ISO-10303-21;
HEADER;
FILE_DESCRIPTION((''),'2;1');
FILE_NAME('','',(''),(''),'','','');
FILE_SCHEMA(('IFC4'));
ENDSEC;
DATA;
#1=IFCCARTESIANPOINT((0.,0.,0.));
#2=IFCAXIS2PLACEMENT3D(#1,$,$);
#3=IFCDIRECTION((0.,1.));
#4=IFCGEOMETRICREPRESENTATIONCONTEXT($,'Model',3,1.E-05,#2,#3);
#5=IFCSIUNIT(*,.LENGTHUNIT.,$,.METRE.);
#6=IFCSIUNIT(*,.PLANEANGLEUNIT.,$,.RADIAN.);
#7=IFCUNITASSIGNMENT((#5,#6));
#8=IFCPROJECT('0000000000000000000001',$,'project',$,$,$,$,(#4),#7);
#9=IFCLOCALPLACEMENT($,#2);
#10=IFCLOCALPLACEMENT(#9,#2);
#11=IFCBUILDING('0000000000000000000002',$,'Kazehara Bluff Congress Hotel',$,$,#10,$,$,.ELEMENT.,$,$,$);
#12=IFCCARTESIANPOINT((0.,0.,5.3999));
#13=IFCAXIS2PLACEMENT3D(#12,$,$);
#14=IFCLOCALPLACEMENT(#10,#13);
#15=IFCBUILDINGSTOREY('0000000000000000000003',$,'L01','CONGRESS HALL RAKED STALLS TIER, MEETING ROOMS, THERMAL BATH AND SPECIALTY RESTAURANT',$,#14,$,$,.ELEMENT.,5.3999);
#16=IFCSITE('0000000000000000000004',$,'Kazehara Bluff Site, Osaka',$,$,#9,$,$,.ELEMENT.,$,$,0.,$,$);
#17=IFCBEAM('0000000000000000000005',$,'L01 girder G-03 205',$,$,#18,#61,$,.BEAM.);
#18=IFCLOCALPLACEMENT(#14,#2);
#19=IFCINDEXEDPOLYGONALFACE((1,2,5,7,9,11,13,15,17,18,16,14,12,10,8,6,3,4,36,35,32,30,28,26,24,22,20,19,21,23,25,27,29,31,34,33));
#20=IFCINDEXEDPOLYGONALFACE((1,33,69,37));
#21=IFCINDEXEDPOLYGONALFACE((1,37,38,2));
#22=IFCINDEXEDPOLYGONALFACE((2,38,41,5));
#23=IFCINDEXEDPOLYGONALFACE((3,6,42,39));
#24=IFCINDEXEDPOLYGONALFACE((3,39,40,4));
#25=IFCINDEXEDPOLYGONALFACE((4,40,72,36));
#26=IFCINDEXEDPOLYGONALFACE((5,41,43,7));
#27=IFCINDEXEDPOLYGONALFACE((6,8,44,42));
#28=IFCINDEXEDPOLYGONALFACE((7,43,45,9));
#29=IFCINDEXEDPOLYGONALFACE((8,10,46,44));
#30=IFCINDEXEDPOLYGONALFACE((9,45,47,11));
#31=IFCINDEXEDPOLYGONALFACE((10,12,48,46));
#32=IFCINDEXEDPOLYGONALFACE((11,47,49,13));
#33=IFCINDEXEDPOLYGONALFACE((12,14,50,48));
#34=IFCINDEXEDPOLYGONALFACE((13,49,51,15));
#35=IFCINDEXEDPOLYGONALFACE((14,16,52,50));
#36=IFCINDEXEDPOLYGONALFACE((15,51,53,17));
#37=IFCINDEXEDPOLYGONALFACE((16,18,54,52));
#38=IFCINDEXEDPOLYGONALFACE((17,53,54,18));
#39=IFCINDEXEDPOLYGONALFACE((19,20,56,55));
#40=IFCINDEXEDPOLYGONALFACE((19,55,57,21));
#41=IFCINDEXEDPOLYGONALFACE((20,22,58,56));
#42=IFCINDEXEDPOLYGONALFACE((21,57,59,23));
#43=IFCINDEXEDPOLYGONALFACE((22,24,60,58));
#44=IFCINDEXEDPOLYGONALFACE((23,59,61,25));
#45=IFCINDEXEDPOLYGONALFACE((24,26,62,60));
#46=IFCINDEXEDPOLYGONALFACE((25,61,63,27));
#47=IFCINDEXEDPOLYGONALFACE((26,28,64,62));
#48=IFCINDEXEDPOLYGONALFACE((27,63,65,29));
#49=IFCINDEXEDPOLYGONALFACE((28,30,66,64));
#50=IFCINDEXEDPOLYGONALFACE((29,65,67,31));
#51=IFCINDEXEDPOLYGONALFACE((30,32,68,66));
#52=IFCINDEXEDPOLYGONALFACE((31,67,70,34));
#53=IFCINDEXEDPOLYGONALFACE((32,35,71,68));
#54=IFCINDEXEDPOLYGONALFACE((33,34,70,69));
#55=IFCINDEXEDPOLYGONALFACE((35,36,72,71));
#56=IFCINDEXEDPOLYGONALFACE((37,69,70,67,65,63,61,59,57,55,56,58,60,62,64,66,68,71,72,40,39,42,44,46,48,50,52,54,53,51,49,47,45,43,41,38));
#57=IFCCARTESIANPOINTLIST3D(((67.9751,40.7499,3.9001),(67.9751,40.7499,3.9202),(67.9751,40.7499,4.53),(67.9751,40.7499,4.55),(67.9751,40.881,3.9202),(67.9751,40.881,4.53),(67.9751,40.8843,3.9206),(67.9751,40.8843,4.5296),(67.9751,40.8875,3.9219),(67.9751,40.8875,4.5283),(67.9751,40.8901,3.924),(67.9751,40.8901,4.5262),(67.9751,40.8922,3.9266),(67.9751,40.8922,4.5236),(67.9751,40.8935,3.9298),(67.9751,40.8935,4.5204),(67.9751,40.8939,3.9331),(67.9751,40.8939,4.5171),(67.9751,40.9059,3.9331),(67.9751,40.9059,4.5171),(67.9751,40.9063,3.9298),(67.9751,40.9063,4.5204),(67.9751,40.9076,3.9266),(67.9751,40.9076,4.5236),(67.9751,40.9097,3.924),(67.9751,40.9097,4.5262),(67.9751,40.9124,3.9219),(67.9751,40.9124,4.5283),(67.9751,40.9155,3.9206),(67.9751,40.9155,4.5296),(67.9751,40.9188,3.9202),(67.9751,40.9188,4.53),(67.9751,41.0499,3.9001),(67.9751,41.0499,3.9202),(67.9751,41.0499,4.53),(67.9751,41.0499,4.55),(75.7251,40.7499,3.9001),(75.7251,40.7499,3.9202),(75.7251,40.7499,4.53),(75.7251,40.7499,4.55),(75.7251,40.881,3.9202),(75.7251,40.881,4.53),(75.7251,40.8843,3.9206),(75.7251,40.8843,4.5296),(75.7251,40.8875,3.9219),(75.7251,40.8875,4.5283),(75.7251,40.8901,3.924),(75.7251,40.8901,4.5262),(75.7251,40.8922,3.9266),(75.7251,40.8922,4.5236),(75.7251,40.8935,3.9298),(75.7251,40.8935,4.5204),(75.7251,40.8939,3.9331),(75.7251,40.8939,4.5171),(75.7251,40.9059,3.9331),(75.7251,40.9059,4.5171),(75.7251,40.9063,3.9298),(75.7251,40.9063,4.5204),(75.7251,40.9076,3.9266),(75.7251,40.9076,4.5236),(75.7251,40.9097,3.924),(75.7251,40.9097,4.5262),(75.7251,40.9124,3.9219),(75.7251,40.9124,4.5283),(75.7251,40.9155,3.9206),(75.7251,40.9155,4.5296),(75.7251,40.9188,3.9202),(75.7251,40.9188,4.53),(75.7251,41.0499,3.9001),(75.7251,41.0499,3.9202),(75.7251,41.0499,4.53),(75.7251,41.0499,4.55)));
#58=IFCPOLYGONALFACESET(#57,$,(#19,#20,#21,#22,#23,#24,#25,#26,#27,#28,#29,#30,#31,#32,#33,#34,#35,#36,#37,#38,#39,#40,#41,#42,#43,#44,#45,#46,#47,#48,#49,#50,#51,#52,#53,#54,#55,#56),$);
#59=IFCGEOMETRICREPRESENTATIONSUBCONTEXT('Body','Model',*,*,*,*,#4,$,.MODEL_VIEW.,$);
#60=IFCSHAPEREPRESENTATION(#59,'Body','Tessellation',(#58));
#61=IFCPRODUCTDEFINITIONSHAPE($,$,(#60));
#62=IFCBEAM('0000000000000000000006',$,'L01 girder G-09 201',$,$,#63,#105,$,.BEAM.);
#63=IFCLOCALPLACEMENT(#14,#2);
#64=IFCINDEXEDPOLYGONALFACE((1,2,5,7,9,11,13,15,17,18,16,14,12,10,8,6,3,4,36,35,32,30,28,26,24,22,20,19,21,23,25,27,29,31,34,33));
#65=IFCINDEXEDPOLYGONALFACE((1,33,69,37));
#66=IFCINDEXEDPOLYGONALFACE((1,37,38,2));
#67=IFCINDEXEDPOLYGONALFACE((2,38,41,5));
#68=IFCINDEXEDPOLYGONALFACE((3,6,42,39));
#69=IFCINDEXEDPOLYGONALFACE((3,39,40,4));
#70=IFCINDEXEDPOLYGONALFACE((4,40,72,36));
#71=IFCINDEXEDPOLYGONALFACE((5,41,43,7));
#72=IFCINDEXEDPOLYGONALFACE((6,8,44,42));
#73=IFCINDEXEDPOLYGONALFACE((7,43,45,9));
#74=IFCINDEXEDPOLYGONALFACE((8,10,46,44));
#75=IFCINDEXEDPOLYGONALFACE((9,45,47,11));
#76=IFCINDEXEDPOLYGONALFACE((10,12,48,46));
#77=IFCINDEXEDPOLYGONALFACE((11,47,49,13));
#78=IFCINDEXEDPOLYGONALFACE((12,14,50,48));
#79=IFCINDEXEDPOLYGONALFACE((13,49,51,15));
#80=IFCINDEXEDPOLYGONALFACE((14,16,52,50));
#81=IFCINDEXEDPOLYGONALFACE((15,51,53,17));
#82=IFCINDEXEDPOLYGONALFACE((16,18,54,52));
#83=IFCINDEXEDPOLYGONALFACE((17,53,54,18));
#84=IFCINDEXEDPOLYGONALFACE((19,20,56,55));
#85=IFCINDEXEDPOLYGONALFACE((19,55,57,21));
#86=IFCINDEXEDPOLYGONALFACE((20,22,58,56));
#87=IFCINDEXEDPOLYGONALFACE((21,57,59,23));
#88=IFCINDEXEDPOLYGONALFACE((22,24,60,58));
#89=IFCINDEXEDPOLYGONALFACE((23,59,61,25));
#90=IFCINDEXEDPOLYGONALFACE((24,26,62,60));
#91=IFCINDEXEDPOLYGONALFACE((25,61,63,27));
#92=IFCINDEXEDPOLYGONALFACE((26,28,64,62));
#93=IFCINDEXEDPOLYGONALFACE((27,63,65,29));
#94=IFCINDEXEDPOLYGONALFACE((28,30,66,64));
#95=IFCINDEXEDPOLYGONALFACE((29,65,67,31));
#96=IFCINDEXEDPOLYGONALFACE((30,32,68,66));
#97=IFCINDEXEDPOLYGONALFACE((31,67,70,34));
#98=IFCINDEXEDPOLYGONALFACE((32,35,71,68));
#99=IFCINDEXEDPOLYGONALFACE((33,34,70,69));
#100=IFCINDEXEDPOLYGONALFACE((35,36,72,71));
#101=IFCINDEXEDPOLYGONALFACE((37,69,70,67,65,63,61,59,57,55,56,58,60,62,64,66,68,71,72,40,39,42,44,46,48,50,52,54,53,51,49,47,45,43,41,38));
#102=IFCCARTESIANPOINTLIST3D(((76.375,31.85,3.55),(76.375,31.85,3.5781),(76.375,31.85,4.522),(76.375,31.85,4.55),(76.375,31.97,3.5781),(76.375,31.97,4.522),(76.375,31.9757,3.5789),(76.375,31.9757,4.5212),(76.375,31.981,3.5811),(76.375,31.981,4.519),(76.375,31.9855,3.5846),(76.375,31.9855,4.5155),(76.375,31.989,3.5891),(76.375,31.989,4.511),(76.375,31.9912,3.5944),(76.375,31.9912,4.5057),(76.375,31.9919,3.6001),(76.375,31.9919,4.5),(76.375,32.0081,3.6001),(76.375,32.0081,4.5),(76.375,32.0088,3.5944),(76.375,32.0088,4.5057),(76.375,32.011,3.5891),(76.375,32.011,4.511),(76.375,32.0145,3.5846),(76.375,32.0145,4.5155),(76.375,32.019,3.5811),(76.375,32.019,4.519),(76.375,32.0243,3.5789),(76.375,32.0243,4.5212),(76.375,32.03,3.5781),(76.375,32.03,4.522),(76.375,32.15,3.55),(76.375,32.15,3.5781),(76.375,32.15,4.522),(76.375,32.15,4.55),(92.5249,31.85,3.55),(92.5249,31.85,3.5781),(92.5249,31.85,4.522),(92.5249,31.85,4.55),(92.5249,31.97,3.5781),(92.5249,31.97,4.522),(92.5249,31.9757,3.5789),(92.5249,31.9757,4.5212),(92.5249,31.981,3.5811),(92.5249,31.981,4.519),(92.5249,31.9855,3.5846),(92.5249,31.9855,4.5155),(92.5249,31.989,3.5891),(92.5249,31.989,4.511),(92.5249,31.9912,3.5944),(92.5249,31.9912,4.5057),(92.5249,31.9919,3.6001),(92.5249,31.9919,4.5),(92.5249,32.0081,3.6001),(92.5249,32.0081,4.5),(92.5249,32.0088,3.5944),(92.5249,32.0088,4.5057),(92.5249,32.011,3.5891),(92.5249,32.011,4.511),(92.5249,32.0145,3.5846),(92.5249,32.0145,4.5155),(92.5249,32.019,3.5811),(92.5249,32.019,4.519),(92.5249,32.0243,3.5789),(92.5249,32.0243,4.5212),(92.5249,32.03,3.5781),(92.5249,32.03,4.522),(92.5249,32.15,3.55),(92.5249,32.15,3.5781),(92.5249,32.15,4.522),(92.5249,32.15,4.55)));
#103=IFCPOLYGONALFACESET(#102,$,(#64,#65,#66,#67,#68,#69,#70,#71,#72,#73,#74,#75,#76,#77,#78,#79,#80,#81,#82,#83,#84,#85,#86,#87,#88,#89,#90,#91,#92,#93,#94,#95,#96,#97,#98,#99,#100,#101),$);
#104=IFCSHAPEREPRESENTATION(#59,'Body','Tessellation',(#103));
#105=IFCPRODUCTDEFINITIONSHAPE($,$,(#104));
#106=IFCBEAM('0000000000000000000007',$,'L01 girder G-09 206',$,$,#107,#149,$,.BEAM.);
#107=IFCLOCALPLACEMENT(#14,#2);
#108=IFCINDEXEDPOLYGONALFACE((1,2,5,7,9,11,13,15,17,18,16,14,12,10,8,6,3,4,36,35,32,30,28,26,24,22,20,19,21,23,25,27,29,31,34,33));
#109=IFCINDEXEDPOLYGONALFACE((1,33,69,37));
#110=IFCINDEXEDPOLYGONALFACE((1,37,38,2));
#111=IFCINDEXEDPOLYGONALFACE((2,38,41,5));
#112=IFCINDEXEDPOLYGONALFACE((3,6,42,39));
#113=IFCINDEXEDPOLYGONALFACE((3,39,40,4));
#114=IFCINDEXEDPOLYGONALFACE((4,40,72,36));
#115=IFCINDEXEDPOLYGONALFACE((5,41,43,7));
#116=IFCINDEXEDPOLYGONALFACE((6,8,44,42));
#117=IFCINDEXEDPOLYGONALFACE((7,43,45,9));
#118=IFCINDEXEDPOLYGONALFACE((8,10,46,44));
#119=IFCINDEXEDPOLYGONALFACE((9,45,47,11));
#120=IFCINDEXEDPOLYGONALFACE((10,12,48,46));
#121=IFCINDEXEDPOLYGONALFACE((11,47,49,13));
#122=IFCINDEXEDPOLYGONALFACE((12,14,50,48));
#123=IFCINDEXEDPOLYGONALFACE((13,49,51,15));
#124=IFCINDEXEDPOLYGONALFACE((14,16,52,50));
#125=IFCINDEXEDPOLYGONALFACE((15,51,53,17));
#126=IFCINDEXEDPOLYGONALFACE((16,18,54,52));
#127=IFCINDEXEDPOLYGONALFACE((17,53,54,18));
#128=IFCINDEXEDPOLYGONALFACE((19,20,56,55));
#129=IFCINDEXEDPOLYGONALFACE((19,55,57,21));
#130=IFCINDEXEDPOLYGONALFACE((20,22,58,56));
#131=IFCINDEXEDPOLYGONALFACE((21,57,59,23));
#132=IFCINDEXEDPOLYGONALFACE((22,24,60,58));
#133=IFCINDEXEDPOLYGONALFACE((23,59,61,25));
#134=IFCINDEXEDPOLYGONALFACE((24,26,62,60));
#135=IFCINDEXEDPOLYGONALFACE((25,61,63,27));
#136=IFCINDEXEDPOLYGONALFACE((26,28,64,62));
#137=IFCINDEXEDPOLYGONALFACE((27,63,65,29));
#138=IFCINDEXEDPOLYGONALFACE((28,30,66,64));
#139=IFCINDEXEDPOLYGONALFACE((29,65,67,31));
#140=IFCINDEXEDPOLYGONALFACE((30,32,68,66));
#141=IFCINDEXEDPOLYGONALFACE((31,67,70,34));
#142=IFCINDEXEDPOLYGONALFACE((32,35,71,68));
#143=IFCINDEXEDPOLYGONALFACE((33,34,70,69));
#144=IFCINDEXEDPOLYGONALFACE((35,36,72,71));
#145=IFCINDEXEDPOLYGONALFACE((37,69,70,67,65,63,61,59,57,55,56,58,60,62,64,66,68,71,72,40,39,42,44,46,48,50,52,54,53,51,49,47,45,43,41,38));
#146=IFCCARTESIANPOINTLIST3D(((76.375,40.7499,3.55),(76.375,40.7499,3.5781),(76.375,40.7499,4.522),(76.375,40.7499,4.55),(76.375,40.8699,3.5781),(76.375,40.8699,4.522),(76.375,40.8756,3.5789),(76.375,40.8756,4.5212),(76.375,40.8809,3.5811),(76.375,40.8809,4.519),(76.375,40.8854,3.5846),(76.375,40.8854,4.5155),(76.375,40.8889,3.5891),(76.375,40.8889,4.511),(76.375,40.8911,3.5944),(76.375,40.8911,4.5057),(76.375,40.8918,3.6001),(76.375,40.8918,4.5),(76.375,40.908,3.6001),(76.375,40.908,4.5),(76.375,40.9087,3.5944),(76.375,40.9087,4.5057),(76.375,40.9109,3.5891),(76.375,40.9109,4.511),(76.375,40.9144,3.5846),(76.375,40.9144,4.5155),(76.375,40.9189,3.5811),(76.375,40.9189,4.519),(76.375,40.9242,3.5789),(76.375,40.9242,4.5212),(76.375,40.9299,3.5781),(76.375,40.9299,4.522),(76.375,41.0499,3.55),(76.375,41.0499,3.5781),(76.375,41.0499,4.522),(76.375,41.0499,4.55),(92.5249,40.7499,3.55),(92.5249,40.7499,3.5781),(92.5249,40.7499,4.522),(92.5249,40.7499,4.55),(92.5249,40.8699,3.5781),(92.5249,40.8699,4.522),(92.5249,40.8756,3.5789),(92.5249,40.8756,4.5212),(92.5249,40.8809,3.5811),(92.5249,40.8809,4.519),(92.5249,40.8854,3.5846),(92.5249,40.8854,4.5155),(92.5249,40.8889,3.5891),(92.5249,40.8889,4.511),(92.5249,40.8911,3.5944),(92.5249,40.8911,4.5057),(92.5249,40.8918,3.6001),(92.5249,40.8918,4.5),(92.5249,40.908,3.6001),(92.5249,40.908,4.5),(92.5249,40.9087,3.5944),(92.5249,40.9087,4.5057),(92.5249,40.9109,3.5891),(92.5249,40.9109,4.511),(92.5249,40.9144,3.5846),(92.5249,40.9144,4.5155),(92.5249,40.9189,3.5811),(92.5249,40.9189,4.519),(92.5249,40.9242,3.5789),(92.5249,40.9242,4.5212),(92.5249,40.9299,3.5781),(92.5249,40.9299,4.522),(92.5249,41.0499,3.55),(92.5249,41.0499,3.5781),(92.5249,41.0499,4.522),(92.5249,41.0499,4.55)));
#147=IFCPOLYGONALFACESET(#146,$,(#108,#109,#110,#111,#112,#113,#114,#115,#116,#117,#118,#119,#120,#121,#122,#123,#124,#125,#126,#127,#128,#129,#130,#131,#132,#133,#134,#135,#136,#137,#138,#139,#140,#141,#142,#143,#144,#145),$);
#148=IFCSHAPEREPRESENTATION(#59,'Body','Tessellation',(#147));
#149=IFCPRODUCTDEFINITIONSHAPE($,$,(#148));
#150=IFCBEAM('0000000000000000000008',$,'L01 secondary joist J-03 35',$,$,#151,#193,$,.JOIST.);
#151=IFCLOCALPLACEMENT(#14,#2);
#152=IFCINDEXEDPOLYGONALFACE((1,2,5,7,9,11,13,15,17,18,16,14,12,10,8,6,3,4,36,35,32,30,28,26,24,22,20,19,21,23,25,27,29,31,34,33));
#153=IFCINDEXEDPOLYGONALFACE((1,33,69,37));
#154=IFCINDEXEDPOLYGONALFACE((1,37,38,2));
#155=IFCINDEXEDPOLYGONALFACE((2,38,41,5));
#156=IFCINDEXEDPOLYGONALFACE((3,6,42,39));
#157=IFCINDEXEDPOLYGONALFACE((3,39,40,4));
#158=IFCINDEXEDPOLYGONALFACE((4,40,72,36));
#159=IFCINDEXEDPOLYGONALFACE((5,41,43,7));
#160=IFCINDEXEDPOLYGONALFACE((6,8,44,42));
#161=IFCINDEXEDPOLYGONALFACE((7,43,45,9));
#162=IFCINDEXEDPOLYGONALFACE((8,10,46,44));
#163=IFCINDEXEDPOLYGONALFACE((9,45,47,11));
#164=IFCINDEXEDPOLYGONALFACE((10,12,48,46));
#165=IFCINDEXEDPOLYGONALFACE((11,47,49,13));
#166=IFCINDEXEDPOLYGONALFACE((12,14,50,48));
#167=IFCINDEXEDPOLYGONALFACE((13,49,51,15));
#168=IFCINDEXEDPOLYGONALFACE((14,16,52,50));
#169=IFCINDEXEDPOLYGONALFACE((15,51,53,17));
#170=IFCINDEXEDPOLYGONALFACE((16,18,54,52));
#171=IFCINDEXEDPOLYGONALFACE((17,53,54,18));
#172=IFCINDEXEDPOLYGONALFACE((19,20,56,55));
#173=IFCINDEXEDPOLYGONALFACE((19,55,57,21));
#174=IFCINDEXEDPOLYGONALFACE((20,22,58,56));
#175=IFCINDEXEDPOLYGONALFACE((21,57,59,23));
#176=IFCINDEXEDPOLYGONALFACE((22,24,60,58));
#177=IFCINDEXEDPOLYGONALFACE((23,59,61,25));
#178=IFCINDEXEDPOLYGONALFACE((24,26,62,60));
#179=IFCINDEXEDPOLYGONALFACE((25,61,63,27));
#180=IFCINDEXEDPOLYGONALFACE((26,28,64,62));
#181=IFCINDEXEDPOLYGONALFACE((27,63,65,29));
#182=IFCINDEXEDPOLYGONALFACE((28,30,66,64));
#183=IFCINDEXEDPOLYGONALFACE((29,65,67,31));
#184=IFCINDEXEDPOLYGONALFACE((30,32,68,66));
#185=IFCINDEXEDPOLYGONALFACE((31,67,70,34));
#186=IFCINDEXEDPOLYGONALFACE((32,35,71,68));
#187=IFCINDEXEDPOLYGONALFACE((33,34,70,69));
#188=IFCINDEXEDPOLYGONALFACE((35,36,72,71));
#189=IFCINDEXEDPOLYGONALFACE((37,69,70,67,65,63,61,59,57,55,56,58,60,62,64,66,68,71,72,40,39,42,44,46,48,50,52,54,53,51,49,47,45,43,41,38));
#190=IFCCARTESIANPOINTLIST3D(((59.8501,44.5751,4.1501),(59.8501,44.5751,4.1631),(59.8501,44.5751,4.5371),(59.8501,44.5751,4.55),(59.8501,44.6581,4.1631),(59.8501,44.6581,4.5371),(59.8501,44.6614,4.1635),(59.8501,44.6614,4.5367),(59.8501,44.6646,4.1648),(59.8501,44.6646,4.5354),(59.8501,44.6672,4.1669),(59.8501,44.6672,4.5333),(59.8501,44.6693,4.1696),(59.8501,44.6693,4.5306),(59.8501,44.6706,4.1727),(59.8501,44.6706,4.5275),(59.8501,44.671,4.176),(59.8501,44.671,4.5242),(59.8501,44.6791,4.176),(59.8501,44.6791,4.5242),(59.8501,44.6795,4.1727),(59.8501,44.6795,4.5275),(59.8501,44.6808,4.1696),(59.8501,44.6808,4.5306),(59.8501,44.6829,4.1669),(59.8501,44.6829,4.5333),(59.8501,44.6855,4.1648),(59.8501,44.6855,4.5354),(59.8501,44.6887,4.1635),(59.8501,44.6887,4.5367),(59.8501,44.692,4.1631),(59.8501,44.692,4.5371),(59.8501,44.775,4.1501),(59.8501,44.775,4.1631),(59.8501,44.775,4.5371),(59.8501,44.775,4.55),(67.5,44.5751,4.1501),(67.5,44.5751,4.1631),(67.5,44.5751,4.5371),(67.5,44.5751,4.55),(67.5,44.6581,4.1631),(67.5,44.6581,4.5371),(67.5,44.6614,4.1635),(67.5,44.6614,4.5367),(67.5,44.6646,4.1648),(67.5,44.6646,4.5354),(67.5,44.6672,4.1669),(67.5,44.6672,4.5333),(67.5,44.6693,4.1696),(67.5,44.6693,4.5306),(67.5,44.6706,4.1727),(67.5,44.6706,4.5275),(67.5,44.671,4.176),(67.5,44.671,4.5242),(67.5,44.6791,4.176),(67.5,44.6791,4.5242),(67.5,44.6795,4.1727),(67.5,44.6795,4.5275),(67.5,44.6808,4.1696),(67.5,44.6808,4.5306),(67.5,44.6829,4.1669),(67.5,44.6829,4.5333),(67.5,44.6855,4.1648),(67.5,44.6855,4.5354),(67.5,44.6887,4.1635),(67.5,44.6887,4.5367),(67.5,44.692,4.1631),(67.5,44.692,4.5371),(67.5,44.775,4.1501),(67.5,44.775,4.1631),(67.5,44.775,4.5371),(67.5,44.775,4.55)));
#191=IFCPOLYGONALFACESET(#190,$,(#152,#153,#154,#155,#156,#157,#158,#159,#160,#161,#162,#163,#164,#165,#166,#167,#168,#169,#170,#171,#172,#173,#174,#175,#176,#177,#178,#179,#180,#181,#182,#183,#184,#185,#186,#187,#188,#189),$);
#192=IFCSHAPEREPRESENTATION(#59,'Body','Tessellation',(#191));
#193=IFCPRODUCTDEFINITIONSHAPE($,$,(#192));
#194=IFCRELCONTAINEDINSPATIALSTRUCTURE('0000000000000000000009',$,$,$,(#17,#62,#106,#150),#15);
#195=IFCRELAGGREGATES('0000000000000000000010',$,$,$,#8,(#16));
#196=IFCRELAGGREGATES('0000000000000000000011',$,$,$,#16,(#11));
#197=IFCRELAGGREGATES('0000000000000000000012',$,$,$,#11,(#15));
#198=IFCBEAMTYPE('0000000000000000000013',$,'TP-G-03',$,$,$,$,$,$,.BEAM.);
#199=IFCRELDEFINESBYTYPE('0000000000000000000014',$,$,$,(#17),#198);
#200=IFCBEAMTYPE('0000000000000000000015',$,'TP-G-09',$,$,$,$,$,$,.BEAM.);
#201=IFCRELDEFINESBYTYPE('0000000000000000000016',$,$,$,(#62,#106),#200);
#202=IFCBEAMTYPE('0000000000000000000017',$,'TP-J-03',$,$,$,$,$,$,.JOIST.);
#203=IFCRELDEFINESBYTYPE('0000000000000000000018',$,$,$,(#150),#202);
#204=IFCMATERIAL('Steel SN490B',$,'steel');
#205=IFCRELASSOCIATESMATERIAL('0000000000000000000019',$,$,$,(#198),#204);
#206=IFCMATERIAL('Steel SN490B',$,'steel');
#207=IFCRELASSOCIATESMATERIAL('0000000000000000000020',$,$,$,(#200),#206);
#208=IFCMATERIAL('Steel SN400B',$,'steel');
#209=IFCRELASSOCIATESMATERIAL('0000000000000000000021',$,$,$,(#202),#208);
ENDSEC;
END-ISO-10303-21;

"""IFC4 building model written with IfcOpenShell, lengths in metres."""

from ifc_helpers import new_model, si_unit, direction, frame, origin, origin_2d, place, context, subcontext, project, spatial, i_section, extrude, material, material_profile, profile_set, type_object, element, save


model = new_model("IFC4")

# Units and contexts
model_context = context("Model", 3, precision=1e-05, world=origin(), true_north=direction((0.0, 1.0)))
body_context = subcontext(model_context, "Body", "Model", "MODEL_VIEW")
ifc_project = project(units=[si_unit("LENGTHUNIT", "METRE"), si_unit("PLANEANGLEUNIT", "RADIAN")], contexts=[model_context])

# Site, building, storey
site_placement = place(None, origin())
site = spatial("IfcSite", under=ifc_project, at=site_placement, Name="Kazehara Bluff Site, Osaka", CompositionType="ELEMENT", RefElevation=0.0)
building_placement = place(site_placement, origin())
building = spatial("IfcBuilding", under=site, at=building_placement, Name="Kazehara Bluff Congress Hotel", CompositionType="ELEMENT")
storey_placement = place(building_placement, frame((0.0, 0.0, 5.3999)))
storey = spatial("IfcBuildingStorey", under=building, at=storey_placement, Name="L01", Description="CONGRESS HALL RAKED STALLS TIER, MEETING ROOMS, THERMAL BATH AND SPECIALTY RESTAURANT", CompositionType="ELEMENT", Elevation=5.3999)

# Beams
ifc_material_1 = material(Name="Steel SN490B", Category="steel")
ifc_material_profile_1 = material_profile(ifc_material_1, i_section(OverallWidth=0.3, OverallDepth=0.6499, WebThickness=0.012, FlangeThickness=0.02, FilletRadius=0.0129, at=origin_2d()))
ifc_profile_set_1 = profile_set([ifc_material_profile_1], Name="Steel SN490B")
beam_type_1 = type_object("IfcBeamType", Name="TP-G-03", PredefinedType="BEAM", material=ifc_profile_set_1)
beam_1_placement = place(storey_placement, frame((67.9751, 40.8999, 4.2251), z_axis=(1.0, 0.0, 0.0), x_axis=(0.0, 1.0, 0.0)))
element("IfcBeam", 1, at=beam_1_placement, inside=storey, type_object=beam_type_1, Name="L01 girder G-03 205", PredefinedType="BEAM", context=body_context, shape_type="SweptSolid", body=[
    extrude(i_section(OverallWidth=0.3, OverallDepth=0.6499, WebThickness=0.012, FlangeThickness=0.02, FilletRadius=0.0129, at=origin_2d()), origin(), (0.0, 0.0, 1.0), 7.75),
])
ifc_material_2 = material(Name="Steel SN490B", Category="steel")
ifc_material_profile_2 = material_profile(ifc_material_2, i_section(OverallWidth=0.3, OverallDepth=1.0, WebThickness=0.0161, FlangeThickness=0.0281, FilletRadius=0.022, at=origin_2d()))
ifc_profile_set_2 = profile_set([ifc_material_profile_2], Name="Steel SN490B")
beam_type_2 = type_object("IfcBeamType", Name="TP-G-09", PredefinedType="BEAM", material=ifc_profile_set_2)
for number, where, z_axis, x_axis, name in (
    (2, (76.375, 32.0, 4.05), (1.0, 0.0, 0.0), (0.0, 1.0, 0.0), "L01 girder G-09 201"),
    (3, (76.375, 40.8999, 4.05), (1.0, 0.0, 0.0), (0.0, 1.0, 0.0), "L01 girder G-09 206"),
):
    element("IfcBeam", number, at=place(storey_placement, frame(where, z_axis=z_axis, x_axis=x_axis)), inside=storey, type_object=beam_type_2, Name=name, PredefinedType="BEAM", context=body_context, shape_type="SweptSolid", body=[
        extrude(i_section(OverallWidth=0.3, OverallDepth=1.0, WebThickness=0.0161, FlangeThickness=0.0281, FilletRadius=0.022, at=origin_2d()), origin(), (0.0, 0.0, 1.0), 16.1499),
    ])
ifc_material_3 = material(Name="Steel SN400B", Category="steel")
ifc_material_profile_3 = material_profile(ifc_material_3, i_section(OverallWidth=0.2, OverallDepth=0.3999, WebThickness=0.0081, FlangeThickness=0.0129, FilletRadius=0.0129, at=origin_2d()))
ifc_profile_set_3 = profile_set([ifc_material_profile_3], Name="Steel SN400B")
beam_type_3 = type_object("IfcBeamType", Name="TP-J-03", PredefinedType="JOIST", material=ifc_profile_set_3)
beam_2_placement = place(storey_placement, frame((59.8501, 44.675, 4.3501), z_axis=(1.0, 0.0, 0.0), x_axis=(0.0, 1.0, 0.0)))
element("IfcBeam", 4, at=beam_2_placement, inside=storey, type_object=beam_type_3, Name="L01 secondary joist J-03 35", PredefinedType="JOIST", context=body_context, shape_type="SweptSolid", body=[
    extrude(i_section(OverallWidth=0.2, OverallDepth=0.3999, WebThickness=0.0081, FlangeThickness=0.0129, FilletRadius=0.0129, at=origin_2d()), origin(), (0.0, 0.0, 1.0), 7.6499),
])

save(model, "model.ifc")
